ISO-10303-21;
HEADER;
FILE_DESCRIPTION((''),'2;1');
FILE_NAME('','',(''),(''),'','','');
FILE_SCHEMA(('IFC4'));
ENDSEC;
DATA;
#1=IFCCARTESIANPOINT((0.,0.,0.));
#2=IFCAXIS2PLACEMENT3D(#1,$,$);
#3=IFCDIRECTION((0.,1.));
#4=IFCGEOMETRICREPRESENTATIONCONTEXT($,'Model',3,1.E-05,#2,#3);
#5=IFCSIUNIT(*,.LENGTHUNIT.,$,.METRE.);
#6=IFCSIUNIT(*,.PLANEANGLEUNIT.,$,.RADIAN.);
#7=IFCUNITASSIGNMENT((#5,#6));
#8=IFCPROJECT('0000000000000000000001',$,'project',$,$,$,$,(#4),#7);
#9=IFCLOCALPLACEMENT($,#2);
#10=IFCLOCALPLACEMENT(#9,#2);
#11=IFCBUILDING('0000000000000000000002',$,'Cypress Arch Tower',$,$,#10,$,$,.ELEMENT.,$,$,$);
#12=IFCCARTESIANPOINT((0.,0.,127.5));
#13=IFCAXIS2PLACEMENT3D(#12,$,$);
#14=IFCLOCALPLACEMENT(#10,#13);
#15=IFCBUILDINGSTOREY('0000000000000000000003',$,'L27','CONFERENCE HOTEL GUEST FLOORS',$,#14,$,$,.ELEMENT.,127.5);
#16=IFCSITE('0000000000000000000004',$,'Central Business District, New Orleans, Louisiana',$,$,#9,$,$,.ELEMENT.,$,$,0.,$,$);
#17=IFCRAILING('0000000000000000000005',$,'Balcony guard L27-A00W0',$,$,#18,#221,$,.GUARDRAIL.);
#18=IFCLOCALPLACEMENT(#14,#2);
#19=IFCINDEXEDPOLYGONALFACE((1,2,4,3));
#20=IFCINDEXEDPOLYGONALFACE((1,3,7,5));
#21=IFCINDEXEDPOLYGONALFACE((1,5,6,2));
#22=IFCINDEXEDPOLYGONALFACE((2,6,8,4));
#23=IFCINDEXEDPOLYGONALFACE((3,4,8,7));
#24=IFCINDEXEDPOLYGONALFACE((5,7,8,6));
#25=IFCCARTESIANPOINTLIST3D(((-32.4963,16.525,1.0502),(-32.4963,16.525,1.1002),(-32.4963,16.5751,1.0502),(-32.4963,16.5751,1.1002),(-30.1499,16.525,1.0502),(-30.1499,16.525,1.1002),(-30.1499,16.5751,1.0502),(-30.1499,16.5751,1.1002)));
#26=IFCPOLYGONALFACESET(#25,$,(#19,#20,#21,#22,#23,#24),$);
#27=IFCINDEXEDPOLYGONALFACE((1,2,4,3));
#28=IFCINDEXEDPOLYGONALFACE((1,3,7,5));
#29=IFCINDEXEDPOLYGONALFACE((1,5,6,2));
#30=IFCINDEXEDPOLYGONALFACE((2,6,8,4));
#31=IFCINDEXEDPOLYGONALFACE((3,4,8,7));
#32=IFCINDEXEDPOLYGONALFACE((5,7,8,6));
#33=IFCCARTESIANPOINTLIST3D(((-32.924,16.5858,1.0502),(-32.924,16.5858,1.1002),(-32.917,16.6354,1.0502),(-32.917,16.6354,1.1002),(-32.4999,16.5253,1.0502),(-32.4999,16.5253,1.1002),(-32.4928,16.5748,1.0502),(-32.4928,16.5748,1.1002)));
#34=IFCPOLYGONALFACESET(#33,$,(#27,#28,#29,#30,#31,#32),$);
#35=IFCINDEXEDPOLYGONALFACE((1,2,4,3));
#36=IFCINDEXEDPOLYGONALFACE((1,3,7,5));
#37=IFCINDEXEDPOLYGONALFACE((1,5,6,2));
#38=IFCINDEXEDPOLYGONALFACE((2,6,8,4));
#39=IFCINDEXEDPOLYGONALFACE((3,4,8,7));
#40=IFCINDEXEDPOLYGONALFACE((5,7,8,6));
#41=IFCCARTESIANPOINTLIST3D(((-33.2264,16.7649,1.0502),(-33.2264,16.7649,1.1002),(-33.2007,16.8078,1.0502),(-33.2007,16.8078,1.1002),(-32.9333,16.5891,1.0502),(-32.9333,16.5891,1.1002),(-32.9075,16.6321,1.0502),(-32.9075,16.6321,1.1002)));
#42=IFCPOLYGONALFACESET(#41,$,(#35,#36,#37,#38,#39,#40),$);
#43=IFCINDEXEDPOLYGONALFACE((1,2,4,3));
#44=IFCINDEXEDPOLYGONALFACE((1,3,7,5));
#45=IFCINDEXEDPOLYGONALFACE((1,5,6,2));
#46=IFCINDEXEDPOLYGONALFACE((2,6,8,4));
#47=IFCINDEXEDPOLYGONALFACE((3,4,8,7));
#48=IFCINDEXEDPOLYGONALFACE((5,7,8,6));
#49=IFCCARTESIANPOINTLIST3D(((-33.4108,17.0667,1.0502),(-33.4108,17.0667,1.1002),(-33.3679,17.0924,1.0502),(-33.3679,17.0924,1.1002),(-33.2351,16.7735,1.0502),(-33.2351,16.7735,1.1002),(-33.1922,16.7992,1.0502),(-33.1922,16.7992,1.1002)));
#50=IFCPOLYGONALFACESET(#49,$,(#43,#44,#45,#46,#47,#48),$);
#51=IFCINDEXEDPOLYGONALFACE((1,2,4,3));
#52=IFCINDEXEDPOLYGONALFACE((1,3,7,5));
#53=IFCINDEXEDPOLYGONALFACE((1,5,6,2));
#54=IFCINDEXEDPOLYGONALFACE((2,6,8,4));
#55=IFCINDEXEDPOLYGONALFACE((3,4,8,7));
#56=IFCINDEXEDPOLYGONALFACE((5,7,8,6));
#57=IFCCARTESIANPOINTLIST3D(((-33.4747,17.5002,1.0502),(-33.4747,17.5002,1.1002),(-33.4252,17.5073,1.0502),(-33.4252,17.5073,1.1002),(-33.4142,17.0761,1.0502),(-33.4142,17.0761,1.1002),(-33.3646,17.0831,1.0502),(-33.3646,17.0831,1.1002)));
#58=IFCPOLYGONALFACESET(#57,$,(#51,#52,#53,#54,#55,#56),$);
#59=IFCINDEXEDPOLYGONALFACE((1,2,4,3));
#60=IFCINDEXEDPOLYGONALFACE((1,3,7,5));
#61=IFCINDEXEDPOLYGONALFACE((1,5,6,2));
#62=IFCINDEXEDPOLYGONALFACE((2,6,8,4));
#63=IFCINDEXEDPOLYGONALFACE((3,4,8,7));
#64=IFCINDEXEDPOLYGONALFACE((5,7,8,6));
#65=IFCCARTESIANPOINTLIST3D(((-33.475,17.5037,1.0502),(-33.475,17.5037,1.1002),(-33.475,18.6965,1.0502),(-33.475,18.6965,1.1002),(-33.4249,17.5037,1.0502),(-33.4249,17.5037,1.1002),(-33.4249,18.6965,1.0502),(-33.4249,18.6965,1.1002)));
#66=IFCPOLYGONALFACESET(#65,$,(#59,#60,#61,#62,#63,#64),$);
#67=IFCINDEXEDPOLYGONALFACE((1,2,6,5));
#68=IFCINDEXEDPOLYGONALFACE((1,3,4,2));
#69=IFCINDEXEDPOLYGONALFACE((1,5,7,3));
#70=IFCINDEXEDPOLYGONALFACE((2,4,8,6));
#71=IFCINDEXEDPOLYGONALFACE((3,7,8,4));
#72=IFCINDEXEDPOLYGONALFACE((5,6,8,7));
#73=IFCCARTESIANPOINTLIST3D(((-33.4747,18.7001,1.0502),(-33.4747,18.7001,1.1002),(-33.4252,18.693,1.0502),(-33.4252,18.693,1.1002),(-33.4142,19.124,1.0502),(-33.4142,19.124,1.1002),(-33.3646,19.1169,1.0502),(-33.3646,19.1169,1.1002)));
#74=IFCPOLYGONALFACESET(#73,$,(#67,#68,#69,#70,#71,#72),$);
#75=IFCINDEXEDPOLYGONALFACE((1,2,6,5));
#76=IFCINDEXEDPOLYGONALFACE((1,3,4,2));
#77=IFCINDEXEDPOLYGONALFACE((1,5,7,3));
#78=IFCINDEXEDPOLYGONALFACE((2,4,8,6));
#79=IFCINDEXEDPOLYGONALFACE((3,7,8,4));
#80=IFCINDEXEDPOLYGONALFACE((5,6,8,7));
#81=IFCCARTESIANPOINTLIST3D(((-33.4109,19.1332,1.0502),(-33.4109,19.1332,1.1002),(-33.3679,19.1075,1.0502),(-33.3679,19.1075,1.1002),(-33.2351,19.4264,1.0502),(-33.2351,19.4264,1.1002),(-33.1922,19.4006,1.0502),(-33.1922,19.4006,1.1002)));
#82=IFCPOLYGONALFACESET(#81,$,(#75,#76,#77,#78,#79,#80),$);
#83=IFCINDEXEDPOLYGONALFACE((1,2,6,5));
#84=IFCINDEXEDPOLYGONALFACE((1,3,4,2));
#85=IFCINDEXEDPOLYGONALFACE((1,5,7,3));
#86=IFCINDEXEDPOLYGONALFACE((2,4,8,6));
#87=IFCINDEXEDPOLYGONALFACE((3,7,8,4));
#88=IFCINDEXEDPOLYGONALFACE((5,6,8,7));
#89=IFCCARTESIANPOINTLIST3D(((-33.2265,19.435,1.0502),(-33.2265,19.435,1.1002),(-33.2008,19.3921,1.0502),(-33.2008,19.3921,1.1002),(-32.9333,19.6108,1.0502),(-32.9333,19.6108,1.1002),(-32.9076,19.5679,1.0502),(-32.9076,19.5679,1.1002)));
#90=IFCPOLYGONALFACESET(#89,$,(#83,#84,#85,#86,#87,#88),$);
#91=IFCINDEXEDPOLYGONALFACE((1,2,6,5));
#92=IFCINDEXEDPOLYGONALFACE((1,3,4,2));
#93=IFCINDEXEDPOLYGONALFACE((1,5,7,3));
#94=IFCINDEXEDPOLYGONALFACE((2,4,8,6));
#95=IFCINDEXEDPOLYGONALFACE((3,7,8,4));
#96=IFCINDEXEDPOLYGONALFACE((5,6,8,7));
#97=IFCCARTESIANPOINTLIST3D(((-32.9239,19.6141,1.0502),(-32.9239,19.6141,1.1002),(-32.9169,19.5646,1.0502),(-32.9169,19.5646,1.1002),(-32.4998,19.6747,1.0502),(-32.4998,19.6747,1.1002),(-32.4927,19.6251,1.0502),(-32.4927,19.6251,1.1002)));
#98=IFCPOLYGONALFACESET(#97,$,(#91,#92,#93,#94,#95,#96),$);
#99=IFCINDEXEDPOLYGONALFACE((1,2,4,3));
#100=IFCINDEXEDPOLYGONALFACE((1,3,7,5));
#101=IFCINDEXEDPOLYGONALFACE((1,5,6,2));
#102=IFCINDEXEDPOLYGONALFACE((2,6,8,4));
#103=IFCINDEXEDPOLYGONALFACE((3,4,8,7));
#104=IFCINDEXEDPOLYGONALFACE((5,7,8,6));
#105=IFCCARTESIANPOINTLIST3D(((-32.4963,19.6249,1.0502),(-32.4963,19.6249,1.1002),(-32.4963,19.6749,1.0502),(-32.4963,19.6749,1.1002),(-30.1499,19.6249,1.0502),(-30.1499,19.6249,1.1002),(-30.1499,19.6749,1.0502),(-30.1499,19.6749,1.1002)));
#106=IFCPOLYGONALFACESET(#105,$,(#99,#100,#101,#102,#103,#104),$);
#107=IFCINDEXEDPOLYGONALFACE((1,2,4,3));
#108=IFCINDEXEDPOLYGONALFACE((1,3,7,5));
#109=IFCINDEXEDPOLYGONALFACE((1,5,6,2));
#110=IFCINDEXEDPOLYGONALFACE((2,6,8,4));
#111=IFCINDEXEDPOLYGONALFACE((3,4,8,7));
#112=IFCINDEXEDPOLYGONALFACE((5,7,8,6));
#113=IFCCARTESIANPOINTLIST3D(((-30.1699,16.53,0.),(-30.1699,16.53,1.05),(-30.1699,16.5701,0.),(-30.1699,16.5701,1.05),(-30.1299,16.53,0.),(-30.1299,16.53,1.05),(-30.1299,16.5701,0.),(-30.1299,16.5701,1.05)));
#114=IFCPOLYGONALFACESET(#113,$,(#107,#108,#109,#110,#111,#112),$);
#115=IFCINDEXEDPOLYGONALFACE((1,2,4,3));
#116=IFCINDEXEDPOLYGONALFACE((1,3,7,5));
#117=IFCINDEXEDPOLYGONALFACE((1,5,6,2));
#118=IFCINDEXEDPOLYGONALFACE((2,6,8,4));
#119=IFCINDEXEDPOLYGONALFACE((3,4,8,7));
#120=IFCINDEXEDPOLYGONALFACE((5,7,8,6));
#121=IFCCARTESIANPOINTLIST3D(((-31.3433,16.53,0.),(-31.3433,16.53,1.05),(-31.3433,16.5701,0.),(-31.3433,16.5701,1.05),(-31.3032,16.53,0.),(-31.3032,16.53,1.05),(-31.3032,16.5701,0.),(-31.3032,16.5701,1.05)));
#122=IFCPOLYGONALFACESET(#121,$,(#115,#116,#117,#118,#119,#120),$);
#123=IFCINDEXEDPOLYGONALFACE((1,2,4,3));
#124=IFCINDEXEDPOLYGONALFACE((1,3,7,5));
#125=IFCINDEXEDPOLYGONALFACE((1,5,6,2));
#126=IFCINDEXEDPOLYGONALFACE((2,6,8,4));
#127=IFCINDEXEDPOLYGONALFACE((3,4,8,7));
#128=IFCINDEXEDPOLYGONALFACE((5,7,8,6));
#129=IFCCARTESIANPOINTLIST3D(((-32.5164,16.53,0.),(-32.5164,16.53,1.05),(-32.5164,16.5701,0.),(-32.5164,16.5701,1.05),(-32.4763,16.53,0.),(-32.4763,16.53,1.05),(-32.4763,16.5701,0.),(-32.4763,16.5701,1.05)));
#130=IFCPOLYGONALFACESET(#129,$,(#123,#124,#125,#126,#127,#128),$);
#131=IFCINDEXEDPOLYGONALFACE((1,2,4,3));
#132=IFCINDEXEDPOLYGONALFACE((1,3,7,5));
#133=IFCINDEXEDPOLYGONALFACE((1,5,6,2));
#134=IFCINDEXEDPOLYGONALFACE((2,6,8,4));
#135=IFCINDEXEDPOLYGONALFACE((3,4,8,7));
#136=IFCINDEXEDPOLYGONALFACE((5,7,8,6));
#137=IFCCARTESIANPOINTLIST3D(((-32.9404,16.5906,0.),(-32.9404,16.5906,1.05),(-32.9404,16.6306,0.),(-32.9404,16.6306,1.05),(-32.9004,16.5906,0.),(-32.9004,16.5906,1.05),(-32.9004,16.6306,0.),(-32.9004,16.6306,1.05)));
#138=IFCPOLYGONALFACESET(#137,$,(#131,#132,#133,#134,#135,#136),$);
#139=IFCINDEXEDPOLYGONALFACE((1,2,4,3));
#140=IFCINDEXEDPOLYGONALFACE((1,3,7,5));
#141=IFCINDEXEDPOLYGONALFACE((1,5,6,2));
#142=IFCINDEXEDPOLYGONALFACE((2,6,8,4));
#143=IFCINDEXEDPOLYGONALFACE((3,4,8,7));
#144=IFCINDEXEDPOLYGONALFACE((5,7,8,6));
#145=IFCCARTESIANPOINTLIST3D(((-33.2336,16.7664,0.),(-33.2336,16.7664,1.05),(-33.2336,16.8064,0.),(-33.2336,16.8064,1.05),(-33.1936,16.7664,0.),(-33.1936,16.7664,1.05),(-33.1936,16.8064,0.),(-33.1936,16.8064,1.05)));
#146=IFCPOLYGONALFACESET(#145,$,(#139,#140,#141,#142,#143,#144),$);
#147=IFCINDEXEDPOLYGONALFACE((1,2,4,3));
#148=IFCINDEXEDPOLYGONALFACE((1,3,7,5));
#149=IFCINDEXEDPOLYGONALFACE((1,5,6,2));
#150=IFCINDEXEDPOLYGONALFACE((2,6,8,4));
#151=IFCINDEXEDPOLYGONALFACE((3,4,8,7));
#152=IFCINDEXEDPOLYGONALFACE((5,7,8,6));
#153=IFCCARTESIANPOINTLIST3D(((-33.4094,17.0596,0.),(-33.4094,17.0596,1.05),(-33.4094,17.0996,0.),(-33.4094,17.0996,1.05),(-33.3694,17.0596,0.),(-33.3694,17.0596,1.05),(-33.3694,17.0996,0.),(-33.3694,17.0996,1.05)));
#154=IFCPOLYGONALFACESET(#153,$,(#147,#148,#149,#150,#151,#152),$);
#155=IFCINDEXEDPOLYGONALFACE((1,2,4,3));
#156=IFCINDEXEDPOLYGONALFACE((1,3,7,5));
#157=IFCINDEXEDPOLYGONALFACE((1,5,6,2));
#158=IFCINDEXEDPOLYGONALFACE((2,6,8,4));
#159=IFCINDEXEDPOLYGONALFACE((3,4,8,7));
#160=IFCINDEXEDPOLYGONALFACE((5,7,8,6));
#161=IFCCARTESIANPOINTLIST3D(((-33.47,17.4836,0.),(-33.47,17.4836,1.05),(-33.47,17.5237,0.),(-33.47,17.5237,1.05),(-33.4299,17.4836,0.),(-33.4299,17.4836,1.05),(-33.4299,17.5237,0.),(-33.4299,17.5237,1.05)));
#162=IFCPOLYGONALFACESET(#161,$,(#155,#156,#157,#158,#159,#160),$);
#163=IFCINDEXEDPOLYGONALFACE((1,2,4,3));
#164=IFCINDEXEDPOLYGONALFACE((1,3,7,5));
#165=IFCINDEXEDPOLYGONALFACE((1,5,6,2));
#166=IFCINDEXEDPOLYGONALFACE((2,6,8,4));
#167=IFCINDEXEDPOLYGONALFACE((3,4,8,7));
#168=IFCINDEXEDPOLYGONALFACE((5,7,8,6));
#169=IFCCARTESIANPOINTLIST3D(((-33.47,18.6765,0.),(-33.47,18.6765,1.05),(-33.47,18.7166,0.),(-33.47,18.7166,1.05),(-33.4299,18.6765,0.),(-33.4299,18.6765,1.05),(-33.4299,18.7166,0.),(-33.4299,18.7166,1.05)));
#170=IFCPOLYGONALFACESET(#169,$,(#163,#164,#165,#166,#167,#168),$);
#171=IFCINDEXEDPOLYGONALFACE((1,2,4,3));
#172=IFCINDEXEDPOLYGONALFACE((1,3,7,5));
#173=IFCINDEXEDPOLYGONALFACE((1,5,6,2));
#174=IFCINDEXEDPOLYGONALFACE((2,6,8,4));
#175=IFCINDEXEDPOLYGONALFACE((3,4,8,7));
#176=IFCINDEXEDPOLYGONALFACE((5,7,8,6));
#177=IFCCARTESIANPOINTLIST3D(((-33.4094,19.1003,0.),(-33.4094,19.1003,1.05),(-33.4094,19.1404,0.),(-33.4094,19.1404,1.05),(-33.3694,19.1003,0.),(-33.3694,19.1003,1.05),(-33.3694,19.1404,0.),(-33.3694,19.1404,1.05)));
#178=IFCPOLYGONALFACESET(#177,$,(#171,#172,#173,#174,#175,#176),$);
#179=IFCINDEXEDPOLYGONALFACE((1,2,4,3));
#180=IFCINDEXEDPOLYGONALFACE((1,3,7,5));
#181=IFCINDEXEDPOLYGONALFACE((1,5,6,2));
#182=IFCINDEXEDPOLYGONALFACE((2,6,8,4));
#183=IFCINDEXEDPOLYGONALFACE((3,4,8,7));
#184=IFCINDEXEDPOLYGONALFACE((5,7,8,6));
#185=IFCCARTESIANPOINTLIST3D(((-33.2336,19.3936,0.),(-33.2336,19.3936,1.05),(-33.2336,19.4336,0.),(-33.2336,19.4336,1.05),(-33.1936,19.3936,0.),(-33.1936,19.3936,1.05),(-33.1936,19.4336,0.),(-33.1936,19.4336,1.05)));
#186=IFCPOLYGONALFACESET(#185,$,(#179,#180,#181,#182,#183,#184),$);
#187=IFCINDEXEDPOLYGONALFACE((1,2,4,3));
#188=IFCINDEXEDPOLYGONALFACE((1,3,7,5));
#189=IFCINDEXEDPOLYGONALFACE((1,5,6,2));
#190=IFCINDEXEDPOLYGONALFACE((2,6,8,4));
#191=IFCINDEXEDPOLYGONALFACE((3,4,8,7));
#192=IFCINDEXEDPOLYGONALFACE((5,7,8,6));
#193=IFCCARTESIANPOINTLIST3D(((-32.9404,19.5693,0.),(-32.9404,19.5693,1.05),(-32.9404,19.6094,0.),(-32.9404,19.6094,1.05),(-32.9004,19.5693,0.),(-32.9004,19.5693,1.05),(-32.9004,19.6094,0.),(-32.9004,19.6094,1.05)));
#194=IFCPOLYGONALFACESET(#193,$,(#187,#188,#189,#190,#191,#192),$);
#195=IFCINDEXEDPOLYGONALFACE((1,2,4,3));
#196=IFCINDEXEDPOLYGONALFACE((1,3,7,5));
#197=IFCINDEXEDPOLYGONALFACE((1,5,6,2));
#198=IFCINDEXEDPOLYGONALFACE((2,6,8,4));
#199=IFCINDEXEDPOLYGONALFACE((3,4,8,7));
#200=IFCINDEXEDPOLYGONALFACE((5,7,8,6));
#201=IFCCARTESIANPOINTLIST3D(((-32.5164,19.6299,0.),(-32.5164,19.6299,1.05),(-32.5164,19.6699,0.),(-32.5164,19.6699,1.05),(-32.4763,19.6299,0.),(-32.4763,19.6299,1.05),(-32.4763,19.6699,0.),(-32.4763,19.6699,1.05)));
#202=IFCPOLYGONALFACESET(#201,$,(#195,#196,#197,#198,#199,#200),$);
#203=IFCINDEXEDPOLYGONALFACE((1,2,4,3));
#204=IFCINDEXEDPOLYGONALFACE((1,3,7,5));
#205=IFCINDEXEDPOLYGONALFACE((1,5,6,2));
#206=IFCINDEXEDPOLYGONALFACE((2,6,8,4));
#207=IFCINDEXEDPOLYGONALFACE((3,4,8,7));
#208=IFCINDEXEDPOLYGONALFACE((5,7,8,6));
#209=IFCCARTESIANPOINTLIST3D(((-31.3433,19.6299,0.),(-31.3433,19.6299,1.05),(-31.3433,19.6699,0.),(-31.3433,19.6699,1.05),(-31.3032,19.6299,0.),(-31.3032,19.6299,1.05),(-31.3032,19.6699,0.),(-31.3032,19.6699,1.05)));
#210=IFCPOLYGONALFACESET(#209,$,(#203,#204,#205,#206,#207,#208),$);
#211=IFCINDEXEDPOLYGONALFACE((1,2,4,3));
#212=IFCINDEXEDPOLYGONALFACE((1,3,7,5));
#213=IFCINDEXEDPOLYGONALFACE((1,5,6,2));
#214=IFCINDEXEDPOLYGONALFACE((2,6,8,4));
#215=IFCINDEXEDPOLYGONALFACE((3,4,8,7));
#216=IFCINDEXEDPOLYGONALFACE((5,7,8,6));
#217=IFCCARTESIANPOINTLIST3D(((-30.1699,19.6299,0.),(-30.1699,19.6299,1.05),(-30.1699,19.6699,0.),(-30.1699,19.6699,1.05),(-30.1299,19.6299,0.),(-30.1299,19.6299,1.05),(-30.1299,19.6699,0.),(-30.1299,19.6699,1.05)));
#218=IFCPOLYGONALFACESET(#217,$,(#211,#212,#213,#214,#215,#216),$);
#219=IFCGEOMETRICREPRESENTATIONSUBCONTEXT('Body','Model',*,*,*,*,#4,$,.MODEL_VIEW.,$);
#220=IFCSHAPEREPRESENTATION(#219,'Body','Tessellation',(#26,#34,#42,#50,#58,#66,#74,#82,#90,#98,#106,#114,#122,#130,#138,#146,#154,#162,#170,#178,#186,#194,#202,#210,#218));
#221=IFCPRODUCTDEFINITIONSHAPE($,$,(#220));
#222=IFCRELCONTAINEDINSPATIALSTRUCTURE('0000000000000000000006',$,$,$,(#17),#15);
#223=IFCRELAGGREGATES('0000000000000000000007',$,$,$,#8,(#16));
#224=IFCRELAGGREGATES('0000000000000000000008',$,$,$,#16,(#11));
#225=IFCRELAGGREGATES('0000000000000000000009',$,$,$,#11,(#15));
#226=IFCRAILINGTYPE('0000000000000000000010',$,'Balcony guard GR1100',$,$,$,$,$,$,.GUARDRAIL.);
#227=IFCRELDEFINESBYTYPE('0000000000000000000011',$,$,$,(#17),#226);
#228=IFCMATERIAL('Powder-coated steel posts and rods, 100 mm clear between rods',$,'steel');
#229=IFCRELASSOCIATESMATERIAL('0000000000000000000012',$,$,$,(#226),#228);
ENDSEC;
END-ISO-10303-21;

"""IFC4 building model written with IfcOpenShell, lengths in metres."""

from ifc_helpers import new_model, si_unit, direction, frame, origin, origin_2d, place, context, subcontext, project, spatial, rectangle, extrude, material, type_object, element, save


model = new_model("IFC4")

# Units and contexts
model_context = context("Model", 3, precision=1e-05, world=origin(), true_north=direction((0.0, 1.0)))
body_context = subcontext(model_context, "Body", "Model", "MODEL_VIEW")
ifc_project = project(units=[si_unit("LENGTHUNIT", "METRE"), si_unit("PLANEANGLEUNIT", "RADIAN")], contexts=[model_context])

# Site, building, storey
site_placement = place(None, origin())
site = spatial("IfcSite", under=ifc_project, at=site_placement, Name="Central Business District, New Orleans, Louisiana", CompositionType="ELEMENT", RefElevation=0.0)
building_placement = place(site_placement, origin())
building = spatial("IfcBuilding", under=site, at=building_placement, Name="Cypress Arch Tower", CompositionType="ELEMENT")
storey_placement = place(building_placement, frame((0.0, 0.0, 127.5)))
storey = spatial("IfcBuildingStorey", under=building, at=storey_placement, Name="L27", Description="CONFERENCE HOTEL GUEST FLOORS", CompositionType="ELEMENT", Elevation=127.5)

# Railing
ifc_material_1 = material(Name="Powder-coated steel posts and rods, 100 mm clear between rods", Category="steel")
railing_type_1 = type_object("IfcRailingType", Name="Balcony guard GR1100", PredefinedType="GUARDRAIL", material=ifc_material_1)
railing_1_placement = place(storey_placement, frame((-30.1499, 16.55, 0.0)))
element("IfcRailing", 1, at=railing_1_placement, inside=storey, type_object=railing_type_1, Name="Balcony guard L27-A00W0", PredefinedType="GUARDRAIL", context=body_context, shape_type="SweptSolid", body=[
    extrude(rectangle(XDim=0.05, YDim=0.05, at=origin_2d()), frame((0.0, 0.0, 1.0752), z_axis=(-1.0, 0.0, 0.0), x_axis=(0.0, -1.0, 0.0)), (0.0, 0.0, 1.0), 2.3464),
    extrude(rectangle(XDim=0.05, YDim=0.05, at=origin_2d()), frame((-2.3464, 0.0, 1.0752), z_axis=(-0.989961, 0.141342, 0.0), x_axis=(-0.141342, -0.989961, 0.0)), (0.0, 0.0, 1.0), 0.4285),
    extrude(rectangle(XDim=0.05, YDim=0.05, at=origin_2d()), frame((-2.7705, 0.0605, 1.0752), z_axis=(-0.857682, 0.514181, 0.0), x_axis=(-0.514181, -0.857682, 0.0)), (0.0, 0.0, 1.0), 0.3418),
    extrude(rectangle(XDim=0.05, YDim=0.05, at=origin_2d()), frame((-3.0637, 0.2363, 1.0752), z_axis=(-0.514181, 0.857682, 0.0), x_axis=(-0.857682, -0.514181, 0.0)), (0.0, 0.0, 1.0), 0.3418),
    extrude(rectangle(XDim=0.05, YDim=0.05, at=origin_2d()), frame((-3.2395, 0.5295, 1.0752), z_axis=(-0.141342, 0.989961, 0.0), x_axis=(-0.989961, -0.141342, 0.0)), (0.0, 0.0, 1.0), 0.4285),
    extrude(rectangle(XDim=0.05, YDim=0.05, at=origin_2d()), frame((-3.3, 0.9536, 1.0752), z_axis=(0.0, 1.0, 0.0), x_axis=(-1.0, 0.0, 0.0)), (0.0, 0.0, 1.0), 1.1929),
    extrude(rectangle(XDim=0.05, YDim=0.05, at=origin_2d()), frame((-3.3, 2.1465, 1.0752), z_axis=(0.141421, 0.989949, 0.0), x_axis=(-0.989949, 0.141421, 0.0)), (0.0, 0.0, 1.0), 0.4282),
    extrude(rectangle(XDim=0.05, YDim=0.05, at=origin_2d()), frame((-3.2395, 2.5703, 1.0752), z_axis=(0.514181, 0.857682, 0.0), x_axis=(-0.857682, 0.514181, 0.0)), (0.0, 0.0, 1.0), 0.3418),
    extrude(rectangle(XDim=0.05, YDim=0.05, at=origin_2d()), frame((-3.0637, 2.8635, 1.0752), z_axis=(0.857682, 0.514181, 0.0), x_axis=(-0.514181, 0.857682, 0.0)), (0.0, 0.0, 1.0), 0.3418),
    extrude(rectangle(XDim=0.05, YDim=0.05, at=origin_2d()), frame((-2.7705, 3.0393, 1.0752), z_axis=(0.989961, 0.141342, 0.0), x_axis=(-0.141342, 0.989961, 0.0)), (0.0, 0.0, 1.0), 0.4285),
    extrude(rectangle(XDim=0.05, YDim=0.05, at=origin_2d()), frame((-2.3464, 3.0999, 1.0752), z_axis=(1.0, 0.0, 0.0), x_axis=(0.0, 1.0, 0.0)), (0.0, 0.0, 1.0), 2.3464),
    extrude(rectangle(XDim=0.04, YDim=0.04, at=origin_2d()), origin(), (0.0, 0.0, 1.0), 1.05),
    extrude(rectangle(XDim=0.04, YDim=0.04, at=origin_2d()), frame((-1.1733, 0.0, 0.0)), (0.0, 0.0, 1.0), 1.05),
    extrude(rectangle(XDim=0.04, YDim=0.04, at=origin_2d()), frame((-2.3464, 0.0, 0.0)), (0.0, 0.0, 1.0), 1.05),
    extrude(rectangle(XDim=0.04, YDim=0.04, at=origin_2d()), frame((-2.7705, 0.0605, 0.0)), (0.0, 0.0, 1.0), 1.05),
    extrude(rectangle(XDim=0.04, YDim=0.04, at=origin_2d()), frame((-3.0637, 0.2363, 0.0)), (0.0, 0.0, 1.0), 1.05),
    extrude(rectangle(XDim=0.04, YDim=0.04, at=origin_2d()), frame((-3.2395, 0.5295, 0.0)), (0.0, 0.0, 1.0), 1.05),
    extrude(rectangle(XDim=0.04, YDim=0.04, at=origin_2d()), frame((-3.3, 0.9536, 0.0)), (0.0, 0.0, 1.0), 1.05),
    extrude(rectangle(XDim=0.04, YDim=0.04, at=origin_2d()), frame((-3.3, 2.1465, 0.0)), (0.0, 0.0, 1.0), 1.05),
    extrude(rectangle(XDim=0.04, YDim=0.04, at=origin_2d()), frame((-3.2395, 2.5703, 0.0)), (0.0, 0.0, 1.0), 1.05),
    extrude(rectangle(XDim=0.04, YDim=0.04, at=origin_2d()), frame((-3.0637, 2.8635, 0.0)), (0.0, 0.0, 1.0), 1.05),
    extrude(rectangle(XDim=0.04, YDim=0.04, at=origin_2d()), frame((-2.7705, 3.0393, 0.0)), (0.0, 0.0, 1.0), 1.05),
    extrude(rectangle(XDim=0.04, YDim=0.04, at=origin_2d()), frame((-2.3464, 3.0999, 0.0)), (0.0, 0.0, 1.0), 1.05),
    extrude(rectangle(XDim=0.04, YDim=0.04, at=origin_2d()), frame((-1.1733, 3.0999, 0.0)), (0.0, 0.0, 1.0), 1.05),
    extrude(rectangle(XDim=0.04, YDim=0.04, at=origin_2d()), frame((0.0, 3.0999, 0.0)), (0.0, 0.0, 1.0), 1.05),
])

save(model, "model.ifc")
